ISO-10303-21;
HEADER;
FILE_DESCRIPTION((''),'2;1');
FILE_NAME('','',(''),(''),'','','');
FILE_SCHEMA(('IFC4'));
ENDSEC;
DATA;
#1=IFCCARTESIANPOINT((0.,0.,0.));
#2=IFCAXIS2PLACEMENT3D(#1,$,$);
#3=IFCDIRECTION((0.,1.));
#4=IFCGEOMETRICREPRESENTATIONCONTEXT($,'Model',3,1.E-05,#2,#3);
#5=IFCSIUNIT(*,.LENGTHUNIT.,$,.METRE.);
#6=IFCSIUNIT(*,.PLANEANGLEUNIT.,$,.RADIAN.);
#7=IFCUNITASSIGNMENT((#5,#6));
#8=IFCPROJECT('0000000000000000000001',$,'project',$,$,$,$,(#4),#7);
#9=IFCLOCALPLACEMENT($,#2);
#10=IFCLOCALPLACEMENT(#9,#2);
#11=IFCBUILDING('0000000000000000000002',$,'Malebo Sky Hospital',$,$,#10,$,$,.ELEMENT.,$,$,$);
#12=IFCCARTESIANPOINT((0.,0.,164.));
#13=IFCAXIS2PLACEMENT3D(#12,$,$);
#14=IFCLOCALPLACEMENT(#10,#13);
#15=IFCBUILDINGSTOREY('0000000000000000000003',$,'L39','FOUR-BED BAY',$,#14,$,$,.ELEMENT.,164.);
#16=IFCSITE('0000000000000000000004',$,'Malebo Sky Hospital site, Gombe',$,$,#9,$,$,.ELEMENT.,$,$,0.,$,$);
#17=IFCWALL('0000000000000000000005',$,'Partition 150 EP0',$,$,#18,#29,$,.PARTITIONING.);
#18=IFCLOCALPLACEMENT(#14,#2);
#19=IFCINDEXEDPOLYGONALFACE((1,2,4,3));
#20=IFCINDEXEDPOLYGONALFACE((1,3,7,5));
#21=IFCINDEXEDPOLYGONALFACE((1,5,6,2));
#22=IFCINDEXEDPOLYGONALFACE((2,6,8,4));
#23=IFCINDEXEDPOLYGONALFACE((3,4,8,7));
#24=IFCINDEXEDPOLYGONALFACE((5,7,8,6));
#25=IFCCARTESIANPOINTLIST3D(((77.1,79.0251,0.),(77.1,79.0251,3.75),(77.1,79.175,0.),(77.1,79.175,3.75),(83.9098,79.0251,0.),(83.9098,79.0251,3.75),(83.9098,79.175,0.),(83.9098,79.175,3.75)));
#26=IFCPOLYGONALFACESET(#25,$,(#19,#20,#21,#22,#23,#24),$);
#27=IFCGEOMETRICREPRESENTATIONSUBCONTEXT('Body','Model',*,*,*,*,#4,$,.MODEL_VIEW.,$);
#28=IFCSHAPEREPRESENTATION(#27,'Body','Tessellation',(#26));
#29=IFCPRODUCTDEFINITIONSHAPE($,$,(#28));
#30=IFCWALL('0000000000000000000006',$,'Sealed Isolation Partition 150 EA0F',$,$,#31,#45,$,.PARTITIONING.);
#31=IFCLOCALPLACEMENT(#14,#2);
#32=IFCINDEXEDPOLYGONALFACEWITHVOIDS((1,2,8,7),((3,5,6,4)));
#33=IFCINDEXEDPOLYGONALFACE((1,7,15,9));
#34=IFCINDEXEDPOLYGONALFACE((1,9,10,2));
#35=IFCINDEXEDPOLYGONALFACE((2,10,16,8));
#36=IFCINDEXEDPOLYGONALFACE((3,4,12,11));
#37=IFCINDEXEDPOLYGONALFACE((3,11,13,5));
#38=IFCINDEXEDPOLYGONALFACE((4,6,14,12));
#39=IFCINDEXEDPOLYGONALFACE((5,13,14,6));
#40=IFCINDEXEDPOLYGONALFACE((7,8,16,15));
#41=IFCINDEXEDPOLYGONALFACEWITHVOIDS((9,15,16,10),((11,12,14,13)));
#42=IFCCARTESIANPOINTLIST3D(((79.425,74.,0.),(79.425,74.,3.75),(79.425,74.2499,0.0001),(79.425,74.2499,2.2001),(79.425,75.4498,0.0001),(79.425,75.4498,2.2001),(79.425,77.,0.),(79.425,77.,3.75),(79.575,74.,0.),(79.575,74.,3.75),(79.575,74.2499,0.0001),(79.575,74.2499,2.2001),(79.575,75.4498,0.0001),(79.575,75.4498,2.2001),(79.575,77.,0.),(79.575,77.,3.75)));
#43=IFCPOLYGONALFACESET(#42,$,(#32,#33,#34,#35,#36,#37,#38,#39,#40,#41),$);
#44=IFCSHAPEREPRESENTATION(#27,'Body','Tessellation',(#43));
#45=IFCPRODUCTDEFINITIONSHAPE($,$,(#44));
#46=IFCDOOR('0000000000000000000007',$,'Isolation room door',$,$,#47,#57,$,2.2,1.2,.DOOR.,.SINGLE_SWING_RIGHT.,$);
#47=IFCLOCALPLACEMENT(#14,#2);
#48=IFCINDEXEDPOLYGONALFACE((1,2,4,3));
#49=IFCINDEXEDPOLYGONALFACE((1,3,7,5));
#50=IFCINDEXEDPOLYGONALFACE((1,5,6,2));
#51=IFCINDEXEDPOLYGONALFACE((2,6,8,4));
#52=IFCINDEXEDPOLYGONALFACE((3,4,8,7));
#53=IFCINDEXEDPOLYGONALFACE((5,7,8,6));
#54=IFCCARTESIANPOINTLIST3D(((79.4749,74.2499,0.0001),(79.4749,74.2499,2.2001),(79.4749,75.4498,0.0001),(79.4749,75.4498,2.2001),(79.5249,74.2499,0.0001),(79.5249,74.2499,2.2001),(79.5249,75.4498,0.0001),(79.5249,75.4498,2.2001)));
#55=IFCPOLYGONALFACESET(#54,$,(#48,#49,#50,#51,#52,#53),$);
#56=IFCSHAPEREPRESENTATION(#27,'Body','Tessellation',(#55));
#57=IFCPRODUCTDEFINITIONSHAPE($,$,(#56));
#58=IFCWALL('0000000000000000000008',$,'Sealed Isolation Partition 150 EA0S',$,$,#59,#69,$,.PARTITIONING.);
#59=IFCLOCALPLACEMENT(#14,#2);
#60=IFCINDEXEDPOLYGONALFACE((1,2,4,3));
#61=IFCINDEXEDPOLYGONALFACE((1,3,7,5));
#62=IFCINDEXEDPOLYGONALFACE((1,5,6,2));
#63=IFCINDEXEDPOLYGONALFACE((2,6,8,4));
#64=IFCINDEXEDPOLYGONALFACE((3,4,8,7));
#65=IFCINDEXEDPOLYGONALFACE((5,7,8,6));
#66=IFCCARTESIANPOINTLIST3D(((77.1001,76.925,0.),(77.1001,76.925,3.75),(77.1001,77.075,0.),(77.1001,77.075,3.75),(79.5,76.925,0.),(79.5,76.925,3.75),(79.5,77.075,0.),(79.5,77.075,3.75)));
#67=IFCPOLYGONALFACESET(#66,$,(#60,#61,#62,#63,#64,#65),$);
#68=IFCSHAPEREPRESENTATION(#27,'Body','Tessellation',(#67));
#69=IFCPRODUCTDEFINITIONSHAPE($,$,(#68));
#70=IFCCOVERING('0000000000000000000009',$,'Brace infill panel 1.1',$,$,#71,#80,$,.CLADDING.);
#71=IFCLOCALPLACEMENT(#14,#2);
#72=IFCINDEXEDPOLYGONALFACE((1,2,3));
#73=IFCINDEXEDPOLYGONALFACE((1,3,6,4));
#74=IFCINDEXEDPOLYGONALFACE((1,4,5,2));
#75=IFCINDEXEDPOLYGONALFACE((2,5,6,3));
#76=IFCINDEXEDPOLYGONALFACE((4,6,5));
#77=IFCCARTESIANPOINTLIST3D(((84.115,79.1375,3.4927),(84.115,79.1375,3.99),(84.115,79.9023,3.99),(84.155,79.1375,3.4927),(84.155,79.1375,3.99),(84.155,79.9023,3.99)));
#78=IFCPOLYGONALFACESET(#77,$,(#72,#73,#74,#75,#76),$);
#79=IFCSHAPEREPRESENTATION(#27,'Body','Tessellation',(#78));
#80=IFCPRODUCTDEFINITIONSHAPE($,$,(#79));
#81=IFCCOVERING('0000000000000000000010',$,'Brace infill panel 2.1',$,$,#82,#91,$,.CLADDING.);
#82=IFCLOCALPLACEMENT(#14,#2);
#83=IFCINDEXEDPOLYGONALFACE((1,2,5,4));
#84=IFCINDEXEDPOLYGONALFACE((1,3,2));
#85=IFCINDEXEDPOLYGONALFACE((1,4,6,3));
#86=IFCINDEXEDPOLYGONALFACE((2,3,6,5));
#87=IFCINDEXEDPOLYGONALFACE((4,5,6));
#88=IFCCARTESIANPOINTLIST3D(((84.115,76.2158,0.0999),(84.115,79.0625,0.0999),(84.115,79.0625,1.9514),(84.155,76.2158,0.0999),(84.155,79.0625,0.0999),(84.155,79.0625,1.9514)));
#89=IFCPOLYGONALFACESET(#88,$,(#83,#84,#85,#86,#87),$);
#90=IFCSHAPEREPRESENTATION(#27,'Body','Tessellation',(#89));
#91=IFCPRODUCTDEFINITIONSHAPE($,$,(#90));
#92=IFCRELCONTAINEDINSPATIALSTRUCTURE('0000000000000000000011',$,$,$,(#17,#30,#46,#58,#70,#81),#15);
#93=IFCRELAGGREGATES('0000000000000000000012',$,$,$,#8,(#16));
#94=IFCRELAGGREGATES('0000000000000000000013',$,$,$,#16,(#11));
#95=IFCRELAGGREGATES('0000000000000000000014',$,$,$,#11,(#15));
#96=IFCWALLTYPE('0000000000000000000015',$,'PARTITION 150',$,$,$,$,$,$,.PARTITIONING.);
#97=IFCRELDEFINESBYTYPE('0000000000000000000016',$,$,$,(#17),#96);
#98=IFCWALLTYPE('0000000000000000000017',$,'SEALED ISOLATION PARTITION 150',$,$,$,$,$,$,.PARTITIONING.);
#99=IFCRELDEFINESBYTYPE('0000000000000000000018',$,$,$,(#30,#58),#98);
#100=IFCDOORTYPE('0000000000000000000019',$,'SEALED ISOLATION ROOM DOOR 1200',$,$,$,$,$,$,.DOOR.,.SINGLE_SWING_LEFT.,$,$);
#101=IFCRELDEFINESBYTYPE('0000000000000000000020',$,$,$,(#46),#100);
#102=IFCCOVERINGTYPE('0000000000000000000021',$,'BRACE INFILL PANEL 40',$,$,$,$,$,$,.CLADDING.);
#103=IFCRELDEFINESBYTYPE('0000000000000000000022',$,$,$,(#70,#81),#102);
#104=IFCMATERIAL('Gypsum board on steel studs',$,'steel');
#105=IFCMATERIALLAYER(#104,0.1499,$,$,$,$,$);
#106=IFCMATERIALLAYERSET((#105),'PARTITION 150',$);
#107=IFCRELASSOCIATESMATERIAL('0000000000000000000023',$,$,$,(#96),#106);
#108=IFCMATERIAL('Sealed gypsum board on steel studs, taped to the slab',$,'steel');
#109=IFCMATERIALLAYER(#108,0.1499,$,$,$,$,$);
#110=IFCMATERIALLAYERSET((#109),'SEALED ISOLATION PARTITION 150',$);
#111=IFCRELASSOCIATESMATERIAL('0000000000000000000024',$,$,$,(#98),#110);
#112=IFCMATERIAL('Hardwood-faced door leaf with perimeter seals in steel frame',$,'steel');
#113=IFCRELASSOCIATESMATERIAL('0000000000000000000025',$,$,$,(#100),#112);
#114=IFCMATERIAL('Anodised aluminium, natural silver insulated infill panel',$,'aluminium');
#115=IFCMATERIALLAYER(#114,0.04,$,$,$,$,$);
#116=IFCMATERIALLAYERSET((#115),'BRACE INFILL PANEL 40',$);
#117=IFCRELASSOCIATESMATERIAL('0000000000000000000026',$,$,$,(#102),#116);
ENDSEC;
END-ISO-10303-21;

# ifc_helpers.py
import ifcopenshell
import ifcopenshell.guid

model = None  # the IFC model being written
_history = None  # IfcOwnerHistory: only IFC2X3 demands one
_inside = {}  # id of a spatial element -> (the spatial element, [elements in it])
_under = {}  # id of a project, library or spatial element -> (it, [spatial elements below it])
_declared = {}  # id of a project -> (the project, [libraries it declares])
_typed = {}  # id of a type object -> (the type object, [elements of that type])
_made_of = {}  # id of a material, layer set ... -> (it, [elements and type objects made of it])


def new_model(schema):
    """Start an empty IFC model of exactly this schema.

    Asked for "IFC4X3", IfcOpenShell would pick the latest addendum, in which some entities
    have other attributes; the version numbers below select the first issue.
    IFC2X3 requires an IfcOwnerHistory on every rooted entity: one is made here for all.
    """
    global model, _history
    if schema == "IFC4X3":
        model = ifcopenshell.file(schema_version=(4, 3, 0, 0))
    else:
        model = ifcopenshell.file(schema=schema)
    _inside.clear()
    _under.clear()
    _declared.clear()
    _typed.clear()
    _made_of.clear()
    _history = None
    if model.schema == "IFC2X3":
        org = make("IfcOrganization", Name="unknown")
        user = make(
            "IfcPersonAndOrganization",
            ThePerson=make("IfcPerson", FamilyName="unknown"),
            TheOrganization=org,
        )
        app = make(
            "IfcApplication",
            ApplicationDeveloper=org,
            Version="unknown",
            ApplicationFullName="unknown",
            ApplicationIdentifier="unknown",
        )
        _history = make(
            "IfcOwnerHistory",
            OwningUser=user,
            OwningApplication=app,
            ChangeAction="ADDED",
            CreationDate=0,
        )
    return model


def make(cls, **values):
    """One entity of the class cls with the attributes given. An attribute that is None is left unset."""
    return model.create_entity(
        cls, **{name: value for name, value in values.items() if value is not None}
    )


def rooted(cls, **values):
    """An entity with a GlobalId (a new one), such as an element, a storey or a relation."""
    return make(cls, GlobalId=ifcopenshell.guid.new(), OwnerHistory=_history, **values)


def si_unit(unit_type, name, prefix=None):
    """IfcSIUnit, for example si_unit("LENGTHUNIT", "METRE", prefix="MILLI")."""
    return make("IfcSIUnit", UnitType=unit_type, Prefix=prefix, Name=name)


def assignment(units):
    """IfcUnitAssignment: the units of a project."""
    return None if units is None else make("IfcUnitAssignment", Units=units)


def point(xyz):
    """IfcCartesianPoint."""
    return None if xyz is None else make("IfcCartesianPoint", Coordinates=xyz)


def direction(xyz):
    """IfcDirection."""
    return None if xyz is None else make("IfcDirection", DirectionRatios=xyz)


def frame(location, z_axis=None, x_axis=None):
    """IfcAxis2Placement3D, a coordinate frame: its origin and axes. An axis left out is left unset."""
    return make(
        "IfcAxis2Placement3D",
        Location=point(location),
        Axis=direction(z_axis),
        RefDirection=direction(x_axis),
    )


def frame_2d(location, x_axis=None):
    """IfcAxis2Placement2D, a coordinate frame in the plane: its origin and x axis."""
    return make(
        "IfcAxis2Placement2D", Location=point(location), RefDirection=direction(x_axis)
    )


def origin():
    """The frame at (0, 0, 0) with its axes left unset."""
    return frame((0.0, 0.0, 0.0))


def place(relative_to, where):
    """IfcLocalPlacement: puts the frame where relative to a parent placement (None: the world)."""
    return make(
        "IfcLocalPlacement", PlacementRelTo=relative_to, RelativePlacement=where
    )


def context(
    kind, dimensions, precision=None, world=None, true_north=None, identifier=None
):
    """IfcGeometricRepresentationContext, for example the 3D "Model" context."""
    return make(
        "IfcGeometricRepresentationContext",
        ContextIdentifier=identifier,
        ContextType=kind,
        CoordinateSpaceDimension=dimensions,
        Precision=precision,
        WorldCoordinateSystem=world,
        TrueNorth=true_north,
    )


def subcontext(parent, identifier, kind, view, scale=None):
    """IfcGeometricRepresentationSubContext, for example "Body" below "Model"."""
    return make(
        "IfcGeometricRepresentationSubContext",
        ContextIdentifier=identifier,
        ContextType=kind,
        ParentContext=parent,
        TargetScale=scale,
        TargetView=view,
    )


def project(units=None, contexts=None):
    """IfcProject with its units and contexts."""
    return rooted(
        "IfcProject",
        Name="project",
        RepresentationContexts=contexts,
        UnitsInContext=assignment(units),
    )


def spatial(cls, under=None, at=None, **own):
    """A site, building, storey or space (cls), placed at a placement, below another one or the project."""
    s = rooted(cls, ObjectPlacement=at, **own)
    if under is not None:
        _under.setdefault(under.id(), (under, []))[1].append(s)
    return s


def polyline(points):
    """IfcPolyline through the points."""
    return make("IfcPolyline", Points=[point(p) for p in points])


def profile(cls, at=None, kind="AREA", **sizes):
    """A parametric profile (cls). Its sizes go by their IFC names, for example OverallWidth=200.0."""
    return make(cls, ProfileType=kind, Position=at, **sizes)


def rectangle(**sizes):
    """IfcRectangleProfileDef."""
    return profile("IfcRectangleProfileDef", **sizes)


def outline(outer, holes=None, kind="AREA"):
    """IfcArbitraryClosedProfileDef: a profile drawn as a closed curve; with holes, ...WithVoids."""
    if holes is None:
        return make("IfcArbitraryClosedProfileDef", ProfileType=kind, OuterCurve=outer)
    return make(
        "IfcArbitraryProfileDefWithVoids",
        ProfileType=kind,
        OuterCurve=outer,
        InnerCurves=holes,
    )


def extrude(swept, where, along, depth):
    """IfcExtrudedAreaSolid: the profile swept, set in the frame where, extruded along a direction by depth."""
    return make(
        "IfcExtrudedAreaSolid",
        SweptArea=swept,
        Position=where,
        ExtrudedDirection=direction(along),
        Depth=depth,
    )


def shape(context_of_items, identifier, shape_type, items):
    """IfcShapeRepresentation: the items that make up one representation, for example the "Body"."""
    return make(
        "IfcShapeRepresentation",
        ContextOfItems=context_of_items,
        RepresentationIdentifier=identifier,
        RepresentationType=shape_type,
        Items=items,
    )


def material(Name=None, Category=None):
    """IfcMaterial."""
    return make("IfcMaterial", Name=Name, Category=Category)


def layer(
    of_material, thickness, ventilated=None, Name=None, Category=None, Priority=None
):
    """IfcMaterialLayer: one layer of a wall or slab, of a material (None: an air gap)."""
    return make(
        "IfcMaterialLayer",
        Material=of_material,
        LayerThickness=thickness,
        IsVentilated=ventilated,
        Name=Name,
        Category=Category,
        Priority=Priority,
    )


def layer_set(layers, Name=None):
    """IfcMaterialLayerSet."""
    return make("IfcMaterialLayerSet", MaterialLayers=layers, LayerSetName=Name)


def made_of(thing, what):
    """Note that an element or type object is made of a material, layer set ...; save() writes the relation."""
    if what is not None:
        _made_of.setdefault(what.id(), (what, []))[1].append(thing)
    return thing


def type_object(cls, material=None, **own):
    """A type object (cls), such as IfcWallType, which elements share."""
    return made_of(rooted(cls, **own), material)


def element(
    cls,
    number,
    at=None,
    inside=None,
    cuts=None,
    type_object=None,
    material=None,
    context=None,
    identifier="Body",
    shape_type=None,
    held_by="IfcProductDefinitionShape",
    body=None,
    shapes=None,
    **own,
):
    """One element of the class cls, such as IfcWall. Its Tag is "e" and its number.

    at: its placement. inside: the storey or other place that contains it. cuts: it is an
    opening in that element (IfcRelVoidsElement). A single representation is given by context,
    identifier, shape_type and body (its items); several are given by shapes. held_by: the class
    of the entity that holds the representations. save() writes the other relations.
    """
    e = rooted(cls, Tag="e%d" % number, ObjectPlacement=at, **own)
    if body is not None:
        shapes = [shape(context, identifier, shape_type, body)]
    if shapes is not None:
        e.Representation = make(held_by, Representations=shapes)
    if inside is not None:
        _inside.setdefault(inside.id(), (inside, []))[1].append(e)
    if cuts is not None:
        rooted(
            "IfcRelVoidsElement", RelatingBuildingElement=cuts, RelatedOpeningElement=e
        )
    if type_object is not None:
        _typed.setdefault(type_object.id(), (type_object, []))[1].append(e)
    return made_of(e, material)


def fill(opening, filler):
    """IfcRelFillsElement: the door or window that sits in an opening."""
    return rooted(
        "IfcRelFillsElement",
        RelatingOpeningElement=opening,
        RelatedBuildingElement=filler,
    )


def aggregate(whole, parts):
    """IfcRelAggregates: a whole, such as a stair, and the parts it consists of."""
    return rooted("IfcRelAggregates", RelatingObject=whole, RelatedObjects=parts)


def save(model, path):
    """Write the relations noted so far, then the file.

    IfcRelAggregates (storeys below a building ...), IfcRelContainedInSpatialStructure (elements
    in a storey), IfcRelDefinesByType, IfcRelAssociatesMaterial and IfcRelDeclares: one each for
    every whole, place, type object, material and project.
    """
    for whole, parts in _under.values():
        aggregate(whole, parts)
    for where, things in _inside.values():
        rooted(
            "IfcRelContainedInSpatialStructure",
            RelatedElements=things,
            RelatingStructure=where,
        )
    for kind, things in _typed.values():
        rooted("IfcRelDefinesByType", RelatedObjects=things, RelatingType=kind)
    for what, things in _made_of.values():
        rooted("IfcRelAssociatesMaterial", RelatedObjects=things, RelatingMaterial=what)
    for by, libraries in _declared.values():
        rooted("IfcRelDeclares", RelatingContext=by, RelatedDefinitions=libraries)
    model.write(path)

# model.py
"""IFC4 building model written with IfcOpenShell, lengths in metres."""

from ifc_helpers import new_model, si_unit, direction, frame, frame_2d, origin, place, context, subcontext, project, spatial, polyline, rectangle, outline, extrude, material, layer, layer_set, type_object, element, fill, save


model = new_model("IFC4")

# Units and contexts
model_context = context("Model", 3, precision=1e-05, world=origin(), true_north=direction((0.0, 1.0)))
body_context = subcontext(model_context, "Body", "Model", "MODEL_VIEW")
ifc_project = project(units=[si_unit("LENGTHUNIT", "METRE"), si_unit("PLANEANGLEUNIT", "RADIAN")], contexts=[model_context])

# Site, building, storey
site_placement = place(None, origin())
site = spatial("IfcSite", under=ifc_project, at=site_placement, Name="Malebo Sky Hospital site, Gombe", CompositionType="ELEMENT", RefElevation=0.0)
building_placement = place(site_placement, origin())
building = spatial("IfcBuilding", under=site, at=building_placement, Name="Malebo Sky Hospital", CompositionType="ELEMENT")
storey_placement = place(building_placement, frame((0.0, 0.0, 164.0)))
storey = spatial("IfcBuildingStorey", under=building, at=storey_placement, Name="L39", Description="FOUR-BED BAY", CompositionType="ELEMENT", Elevation=164.0)

# Shared definitions
ifc_material_1 = material(Name="Gypsum board on steel studs", Category="steel")

# Wall
ifc_layer_1 = layer(ifc_material_1, 0.1499)
ifc_layer_set_1 = layer_set([ifc_layer_1], Name="PARTITION 150")
wall_type_1 = type_object("IfcWallType", Name="PARTITION 150", PredefinedType="PARTITIONING", material=ifc_layer_set_1)
wall_1_placement = place(storey_placement, frame((77.1001, 79.1001, 0.0), z_axis=(0.0, 0.0, 1.0), x_axis=(1.0, 0.0, 0.0)))
element("IfcWall", 1, at=wall_1_placement, inside=storey, type_object=wall_type_1, Name="Partition 150 EP0", PredefinedType="PARTITIONING", context=body_context, shape_type="SweptSolid", body=[
    extrude(rectangle(XDim=6.8098, YDim=0.1499, at=frame_2d((3.4048, 0.0))), origin(), (0.0, 0.0, 1.0), 3.75),
])

# Wall, opening, door
ifc_material_2 = material(Name="Sealed gypsum board on steel studs, taped to the slab", Category="steel")
ifc_layer_2 = layer(ifc_material_2, 0.1499)
ifc_layer_set_2 = layer_set([ifc_layer_2], Name="SEALED ISOLATION PARTITION 150")
wall_type_2 = type_object("IfcWallType", Name="SEALED ISOLATION PARTITION 150", PredefinedType="PARTITIONING", material=ifc_layer_set_2)
wall_2_placement = place(storey_placement, frame((79.5, 77.0, 0.0), z_axis=(0.0, 0.0, 1.0), x_axis=(0.0, -1.0, 0.0)))
wall_2 = element("IfcWall", 2, at=wall_2_placement, inside=storey, type_object=wall_type_2, Name="Sealed Isolation Partition 150 EA0F", PredefinedType="PARTITIONING", context=body_context, shape_type="SweptSolid", body=[
    extrude(rectangle(XDim=3.0, YDim=0.1499, at=frame_2d((1.5, 0.0))), origin(), (0.0, 0.0, 1.0), 3.75),
])
opening_1_placement = place(wall_2_placement, frame((1.55, 0.0, 0.0)))
opening_1 = element("IfcOpeningElement", 3, at=opening_1_placement, cuts=wall_2, PredefinedType="OPENING", context=body_context, shape_type="SweptSolid", body=[
    extrude(rectangle(XDim=1.2, YDim=2.2, at=frame_2d((0.6001, 1.1001))), frame((0.0, 0.085, 0.0), z_axis=(0.0, -1.0, 0.0), x_axis=(1.0, 0.0, 0.0)), (0.0, 0.0, 1.0), 0.1699),
])
ifc_material_3 = material(Name="Hardwood-faced door leaf with perimeter seals in steel frame", Category="steel")
door_type_1 = type_object("IfcDoorType", Name="SEALED ISOLATION ROOM DOOR 1200", OperationType="SINGLE_SWING_LEFT", PredefinedType="DOOR", material=ifc_material_3)
door_1_placement = place(opening_1_placement, origin())
door_1 = element("IfcDoor", 4, at=door_1_placement, inside=storey, type_object=door_type_1, Name="Isolation room door", OperationType="SINGLE_SWING_RIGHT", OverallHeight=2.2, OverallWidth=1.2, PredefinedType="DOOR", context=body_context, shape_type="SweptSolid", body=[
    extrude(rectangle(XDim=1.2, YDim=2.2, at=frame_2d((0.6001, 1.1001))), frame((0.0, 0.0249, 0.0), z_axis=(0.0, -1.0, 0.0), x_axis=(1.0, 0.0, 0.0)), (0.0, 0.0, 1.0), 0.05),
])
fill(opening_1, door_1)

# Wall
wall_3_placement = place(storey_placement, frame((77.1001, 77.0, 0.0), z_axis=(0.0, 0.0, 1.0), x_axis=(1.0, 0.0, 0.0)))
element("IfcWall", 5, at=wall_3_placement, inside=storey, type_object=wall_type_2, Name="Sealed Isolation Partition 150 EA0S", PredefinedType="PARTITIONING", context=body_context, shape_type="SweptSolid", body=[
    extrude(rectangle(XDim=2.3999, YDim=0.1499, at=frame_2d((1.2, 0.0))), origin(), (0.0, 0.0, 1.0), 3.75),
])

# Coverings
ifc_material_4 = material(Name="Anodised aluminium, natural silver insulated infill panel", Category="aluminium")
ifc_layer_3 = layer(ifc_material_4, 0.04)
ifc_layer_set_3 = layer_set([ifc_layer_3], Name="BRACE INFILL PANEL 40")
covering_type = type_object("IfcCoveringType", Name="BRACE INFILL PANEL 40", PredefinedType="CLADDING", material=ifc_layer_set_3)
covering_1_placement = place(storey_placement, frame((84.135, 79.5198, 3.4927), z_axis=(0.0, 0.0, 1.0), x_axis=(0.0, -1.0, 0.0)))
element("IfcCovering", 6, at=covering_1_placement, inside=storey, type_object=covering_type, Name="Brace infill panel 1.1", PredefinedType="CLADDING", context=body_context, shape_type="SweptSolid", body=[
    extrude(outline(polyline([(0.3823, 0.0), (0.3823, 0.4973), (-0.3826, 0.4973), (0.3823, 0.0)])), frame((0.0, 0.02, 0.0), z_axis=(0.0, -1.0, 0.0), x_axis=(1.0, 0.0, 0.0)), (0.0, 0.0, 1.0), 0.04),
])
covering_2_placement = place(storey_placement, frame((84.135, 77.6392, 0.0999), z_axis=(0.0, 0.0, 1.0), x_axis=(0.0, -1.0, 0.0)))
element("IfcCovering", 7, at=covering_2_placement, inside=storey, type_object=covering_type, Name="Brace infill panel 2.1", PredefinedType="CLADDING", context=body_context, shape_type="SweptSolid", body=[
    extrude(outline(polyline([(-1.4233, 0.0), (1.4233, 0.0), (-1.4233, 1.8516), (-1.4233, 0.0)])), frame((0.0, 0.02, 0.0), z_axis=(0.0, -1.0, 0.0), x_axis=(1.0, 0.0, 0.0)), (0.0, 0.0, 1.0), 0.04),
])

save(model, "model.ifc")
